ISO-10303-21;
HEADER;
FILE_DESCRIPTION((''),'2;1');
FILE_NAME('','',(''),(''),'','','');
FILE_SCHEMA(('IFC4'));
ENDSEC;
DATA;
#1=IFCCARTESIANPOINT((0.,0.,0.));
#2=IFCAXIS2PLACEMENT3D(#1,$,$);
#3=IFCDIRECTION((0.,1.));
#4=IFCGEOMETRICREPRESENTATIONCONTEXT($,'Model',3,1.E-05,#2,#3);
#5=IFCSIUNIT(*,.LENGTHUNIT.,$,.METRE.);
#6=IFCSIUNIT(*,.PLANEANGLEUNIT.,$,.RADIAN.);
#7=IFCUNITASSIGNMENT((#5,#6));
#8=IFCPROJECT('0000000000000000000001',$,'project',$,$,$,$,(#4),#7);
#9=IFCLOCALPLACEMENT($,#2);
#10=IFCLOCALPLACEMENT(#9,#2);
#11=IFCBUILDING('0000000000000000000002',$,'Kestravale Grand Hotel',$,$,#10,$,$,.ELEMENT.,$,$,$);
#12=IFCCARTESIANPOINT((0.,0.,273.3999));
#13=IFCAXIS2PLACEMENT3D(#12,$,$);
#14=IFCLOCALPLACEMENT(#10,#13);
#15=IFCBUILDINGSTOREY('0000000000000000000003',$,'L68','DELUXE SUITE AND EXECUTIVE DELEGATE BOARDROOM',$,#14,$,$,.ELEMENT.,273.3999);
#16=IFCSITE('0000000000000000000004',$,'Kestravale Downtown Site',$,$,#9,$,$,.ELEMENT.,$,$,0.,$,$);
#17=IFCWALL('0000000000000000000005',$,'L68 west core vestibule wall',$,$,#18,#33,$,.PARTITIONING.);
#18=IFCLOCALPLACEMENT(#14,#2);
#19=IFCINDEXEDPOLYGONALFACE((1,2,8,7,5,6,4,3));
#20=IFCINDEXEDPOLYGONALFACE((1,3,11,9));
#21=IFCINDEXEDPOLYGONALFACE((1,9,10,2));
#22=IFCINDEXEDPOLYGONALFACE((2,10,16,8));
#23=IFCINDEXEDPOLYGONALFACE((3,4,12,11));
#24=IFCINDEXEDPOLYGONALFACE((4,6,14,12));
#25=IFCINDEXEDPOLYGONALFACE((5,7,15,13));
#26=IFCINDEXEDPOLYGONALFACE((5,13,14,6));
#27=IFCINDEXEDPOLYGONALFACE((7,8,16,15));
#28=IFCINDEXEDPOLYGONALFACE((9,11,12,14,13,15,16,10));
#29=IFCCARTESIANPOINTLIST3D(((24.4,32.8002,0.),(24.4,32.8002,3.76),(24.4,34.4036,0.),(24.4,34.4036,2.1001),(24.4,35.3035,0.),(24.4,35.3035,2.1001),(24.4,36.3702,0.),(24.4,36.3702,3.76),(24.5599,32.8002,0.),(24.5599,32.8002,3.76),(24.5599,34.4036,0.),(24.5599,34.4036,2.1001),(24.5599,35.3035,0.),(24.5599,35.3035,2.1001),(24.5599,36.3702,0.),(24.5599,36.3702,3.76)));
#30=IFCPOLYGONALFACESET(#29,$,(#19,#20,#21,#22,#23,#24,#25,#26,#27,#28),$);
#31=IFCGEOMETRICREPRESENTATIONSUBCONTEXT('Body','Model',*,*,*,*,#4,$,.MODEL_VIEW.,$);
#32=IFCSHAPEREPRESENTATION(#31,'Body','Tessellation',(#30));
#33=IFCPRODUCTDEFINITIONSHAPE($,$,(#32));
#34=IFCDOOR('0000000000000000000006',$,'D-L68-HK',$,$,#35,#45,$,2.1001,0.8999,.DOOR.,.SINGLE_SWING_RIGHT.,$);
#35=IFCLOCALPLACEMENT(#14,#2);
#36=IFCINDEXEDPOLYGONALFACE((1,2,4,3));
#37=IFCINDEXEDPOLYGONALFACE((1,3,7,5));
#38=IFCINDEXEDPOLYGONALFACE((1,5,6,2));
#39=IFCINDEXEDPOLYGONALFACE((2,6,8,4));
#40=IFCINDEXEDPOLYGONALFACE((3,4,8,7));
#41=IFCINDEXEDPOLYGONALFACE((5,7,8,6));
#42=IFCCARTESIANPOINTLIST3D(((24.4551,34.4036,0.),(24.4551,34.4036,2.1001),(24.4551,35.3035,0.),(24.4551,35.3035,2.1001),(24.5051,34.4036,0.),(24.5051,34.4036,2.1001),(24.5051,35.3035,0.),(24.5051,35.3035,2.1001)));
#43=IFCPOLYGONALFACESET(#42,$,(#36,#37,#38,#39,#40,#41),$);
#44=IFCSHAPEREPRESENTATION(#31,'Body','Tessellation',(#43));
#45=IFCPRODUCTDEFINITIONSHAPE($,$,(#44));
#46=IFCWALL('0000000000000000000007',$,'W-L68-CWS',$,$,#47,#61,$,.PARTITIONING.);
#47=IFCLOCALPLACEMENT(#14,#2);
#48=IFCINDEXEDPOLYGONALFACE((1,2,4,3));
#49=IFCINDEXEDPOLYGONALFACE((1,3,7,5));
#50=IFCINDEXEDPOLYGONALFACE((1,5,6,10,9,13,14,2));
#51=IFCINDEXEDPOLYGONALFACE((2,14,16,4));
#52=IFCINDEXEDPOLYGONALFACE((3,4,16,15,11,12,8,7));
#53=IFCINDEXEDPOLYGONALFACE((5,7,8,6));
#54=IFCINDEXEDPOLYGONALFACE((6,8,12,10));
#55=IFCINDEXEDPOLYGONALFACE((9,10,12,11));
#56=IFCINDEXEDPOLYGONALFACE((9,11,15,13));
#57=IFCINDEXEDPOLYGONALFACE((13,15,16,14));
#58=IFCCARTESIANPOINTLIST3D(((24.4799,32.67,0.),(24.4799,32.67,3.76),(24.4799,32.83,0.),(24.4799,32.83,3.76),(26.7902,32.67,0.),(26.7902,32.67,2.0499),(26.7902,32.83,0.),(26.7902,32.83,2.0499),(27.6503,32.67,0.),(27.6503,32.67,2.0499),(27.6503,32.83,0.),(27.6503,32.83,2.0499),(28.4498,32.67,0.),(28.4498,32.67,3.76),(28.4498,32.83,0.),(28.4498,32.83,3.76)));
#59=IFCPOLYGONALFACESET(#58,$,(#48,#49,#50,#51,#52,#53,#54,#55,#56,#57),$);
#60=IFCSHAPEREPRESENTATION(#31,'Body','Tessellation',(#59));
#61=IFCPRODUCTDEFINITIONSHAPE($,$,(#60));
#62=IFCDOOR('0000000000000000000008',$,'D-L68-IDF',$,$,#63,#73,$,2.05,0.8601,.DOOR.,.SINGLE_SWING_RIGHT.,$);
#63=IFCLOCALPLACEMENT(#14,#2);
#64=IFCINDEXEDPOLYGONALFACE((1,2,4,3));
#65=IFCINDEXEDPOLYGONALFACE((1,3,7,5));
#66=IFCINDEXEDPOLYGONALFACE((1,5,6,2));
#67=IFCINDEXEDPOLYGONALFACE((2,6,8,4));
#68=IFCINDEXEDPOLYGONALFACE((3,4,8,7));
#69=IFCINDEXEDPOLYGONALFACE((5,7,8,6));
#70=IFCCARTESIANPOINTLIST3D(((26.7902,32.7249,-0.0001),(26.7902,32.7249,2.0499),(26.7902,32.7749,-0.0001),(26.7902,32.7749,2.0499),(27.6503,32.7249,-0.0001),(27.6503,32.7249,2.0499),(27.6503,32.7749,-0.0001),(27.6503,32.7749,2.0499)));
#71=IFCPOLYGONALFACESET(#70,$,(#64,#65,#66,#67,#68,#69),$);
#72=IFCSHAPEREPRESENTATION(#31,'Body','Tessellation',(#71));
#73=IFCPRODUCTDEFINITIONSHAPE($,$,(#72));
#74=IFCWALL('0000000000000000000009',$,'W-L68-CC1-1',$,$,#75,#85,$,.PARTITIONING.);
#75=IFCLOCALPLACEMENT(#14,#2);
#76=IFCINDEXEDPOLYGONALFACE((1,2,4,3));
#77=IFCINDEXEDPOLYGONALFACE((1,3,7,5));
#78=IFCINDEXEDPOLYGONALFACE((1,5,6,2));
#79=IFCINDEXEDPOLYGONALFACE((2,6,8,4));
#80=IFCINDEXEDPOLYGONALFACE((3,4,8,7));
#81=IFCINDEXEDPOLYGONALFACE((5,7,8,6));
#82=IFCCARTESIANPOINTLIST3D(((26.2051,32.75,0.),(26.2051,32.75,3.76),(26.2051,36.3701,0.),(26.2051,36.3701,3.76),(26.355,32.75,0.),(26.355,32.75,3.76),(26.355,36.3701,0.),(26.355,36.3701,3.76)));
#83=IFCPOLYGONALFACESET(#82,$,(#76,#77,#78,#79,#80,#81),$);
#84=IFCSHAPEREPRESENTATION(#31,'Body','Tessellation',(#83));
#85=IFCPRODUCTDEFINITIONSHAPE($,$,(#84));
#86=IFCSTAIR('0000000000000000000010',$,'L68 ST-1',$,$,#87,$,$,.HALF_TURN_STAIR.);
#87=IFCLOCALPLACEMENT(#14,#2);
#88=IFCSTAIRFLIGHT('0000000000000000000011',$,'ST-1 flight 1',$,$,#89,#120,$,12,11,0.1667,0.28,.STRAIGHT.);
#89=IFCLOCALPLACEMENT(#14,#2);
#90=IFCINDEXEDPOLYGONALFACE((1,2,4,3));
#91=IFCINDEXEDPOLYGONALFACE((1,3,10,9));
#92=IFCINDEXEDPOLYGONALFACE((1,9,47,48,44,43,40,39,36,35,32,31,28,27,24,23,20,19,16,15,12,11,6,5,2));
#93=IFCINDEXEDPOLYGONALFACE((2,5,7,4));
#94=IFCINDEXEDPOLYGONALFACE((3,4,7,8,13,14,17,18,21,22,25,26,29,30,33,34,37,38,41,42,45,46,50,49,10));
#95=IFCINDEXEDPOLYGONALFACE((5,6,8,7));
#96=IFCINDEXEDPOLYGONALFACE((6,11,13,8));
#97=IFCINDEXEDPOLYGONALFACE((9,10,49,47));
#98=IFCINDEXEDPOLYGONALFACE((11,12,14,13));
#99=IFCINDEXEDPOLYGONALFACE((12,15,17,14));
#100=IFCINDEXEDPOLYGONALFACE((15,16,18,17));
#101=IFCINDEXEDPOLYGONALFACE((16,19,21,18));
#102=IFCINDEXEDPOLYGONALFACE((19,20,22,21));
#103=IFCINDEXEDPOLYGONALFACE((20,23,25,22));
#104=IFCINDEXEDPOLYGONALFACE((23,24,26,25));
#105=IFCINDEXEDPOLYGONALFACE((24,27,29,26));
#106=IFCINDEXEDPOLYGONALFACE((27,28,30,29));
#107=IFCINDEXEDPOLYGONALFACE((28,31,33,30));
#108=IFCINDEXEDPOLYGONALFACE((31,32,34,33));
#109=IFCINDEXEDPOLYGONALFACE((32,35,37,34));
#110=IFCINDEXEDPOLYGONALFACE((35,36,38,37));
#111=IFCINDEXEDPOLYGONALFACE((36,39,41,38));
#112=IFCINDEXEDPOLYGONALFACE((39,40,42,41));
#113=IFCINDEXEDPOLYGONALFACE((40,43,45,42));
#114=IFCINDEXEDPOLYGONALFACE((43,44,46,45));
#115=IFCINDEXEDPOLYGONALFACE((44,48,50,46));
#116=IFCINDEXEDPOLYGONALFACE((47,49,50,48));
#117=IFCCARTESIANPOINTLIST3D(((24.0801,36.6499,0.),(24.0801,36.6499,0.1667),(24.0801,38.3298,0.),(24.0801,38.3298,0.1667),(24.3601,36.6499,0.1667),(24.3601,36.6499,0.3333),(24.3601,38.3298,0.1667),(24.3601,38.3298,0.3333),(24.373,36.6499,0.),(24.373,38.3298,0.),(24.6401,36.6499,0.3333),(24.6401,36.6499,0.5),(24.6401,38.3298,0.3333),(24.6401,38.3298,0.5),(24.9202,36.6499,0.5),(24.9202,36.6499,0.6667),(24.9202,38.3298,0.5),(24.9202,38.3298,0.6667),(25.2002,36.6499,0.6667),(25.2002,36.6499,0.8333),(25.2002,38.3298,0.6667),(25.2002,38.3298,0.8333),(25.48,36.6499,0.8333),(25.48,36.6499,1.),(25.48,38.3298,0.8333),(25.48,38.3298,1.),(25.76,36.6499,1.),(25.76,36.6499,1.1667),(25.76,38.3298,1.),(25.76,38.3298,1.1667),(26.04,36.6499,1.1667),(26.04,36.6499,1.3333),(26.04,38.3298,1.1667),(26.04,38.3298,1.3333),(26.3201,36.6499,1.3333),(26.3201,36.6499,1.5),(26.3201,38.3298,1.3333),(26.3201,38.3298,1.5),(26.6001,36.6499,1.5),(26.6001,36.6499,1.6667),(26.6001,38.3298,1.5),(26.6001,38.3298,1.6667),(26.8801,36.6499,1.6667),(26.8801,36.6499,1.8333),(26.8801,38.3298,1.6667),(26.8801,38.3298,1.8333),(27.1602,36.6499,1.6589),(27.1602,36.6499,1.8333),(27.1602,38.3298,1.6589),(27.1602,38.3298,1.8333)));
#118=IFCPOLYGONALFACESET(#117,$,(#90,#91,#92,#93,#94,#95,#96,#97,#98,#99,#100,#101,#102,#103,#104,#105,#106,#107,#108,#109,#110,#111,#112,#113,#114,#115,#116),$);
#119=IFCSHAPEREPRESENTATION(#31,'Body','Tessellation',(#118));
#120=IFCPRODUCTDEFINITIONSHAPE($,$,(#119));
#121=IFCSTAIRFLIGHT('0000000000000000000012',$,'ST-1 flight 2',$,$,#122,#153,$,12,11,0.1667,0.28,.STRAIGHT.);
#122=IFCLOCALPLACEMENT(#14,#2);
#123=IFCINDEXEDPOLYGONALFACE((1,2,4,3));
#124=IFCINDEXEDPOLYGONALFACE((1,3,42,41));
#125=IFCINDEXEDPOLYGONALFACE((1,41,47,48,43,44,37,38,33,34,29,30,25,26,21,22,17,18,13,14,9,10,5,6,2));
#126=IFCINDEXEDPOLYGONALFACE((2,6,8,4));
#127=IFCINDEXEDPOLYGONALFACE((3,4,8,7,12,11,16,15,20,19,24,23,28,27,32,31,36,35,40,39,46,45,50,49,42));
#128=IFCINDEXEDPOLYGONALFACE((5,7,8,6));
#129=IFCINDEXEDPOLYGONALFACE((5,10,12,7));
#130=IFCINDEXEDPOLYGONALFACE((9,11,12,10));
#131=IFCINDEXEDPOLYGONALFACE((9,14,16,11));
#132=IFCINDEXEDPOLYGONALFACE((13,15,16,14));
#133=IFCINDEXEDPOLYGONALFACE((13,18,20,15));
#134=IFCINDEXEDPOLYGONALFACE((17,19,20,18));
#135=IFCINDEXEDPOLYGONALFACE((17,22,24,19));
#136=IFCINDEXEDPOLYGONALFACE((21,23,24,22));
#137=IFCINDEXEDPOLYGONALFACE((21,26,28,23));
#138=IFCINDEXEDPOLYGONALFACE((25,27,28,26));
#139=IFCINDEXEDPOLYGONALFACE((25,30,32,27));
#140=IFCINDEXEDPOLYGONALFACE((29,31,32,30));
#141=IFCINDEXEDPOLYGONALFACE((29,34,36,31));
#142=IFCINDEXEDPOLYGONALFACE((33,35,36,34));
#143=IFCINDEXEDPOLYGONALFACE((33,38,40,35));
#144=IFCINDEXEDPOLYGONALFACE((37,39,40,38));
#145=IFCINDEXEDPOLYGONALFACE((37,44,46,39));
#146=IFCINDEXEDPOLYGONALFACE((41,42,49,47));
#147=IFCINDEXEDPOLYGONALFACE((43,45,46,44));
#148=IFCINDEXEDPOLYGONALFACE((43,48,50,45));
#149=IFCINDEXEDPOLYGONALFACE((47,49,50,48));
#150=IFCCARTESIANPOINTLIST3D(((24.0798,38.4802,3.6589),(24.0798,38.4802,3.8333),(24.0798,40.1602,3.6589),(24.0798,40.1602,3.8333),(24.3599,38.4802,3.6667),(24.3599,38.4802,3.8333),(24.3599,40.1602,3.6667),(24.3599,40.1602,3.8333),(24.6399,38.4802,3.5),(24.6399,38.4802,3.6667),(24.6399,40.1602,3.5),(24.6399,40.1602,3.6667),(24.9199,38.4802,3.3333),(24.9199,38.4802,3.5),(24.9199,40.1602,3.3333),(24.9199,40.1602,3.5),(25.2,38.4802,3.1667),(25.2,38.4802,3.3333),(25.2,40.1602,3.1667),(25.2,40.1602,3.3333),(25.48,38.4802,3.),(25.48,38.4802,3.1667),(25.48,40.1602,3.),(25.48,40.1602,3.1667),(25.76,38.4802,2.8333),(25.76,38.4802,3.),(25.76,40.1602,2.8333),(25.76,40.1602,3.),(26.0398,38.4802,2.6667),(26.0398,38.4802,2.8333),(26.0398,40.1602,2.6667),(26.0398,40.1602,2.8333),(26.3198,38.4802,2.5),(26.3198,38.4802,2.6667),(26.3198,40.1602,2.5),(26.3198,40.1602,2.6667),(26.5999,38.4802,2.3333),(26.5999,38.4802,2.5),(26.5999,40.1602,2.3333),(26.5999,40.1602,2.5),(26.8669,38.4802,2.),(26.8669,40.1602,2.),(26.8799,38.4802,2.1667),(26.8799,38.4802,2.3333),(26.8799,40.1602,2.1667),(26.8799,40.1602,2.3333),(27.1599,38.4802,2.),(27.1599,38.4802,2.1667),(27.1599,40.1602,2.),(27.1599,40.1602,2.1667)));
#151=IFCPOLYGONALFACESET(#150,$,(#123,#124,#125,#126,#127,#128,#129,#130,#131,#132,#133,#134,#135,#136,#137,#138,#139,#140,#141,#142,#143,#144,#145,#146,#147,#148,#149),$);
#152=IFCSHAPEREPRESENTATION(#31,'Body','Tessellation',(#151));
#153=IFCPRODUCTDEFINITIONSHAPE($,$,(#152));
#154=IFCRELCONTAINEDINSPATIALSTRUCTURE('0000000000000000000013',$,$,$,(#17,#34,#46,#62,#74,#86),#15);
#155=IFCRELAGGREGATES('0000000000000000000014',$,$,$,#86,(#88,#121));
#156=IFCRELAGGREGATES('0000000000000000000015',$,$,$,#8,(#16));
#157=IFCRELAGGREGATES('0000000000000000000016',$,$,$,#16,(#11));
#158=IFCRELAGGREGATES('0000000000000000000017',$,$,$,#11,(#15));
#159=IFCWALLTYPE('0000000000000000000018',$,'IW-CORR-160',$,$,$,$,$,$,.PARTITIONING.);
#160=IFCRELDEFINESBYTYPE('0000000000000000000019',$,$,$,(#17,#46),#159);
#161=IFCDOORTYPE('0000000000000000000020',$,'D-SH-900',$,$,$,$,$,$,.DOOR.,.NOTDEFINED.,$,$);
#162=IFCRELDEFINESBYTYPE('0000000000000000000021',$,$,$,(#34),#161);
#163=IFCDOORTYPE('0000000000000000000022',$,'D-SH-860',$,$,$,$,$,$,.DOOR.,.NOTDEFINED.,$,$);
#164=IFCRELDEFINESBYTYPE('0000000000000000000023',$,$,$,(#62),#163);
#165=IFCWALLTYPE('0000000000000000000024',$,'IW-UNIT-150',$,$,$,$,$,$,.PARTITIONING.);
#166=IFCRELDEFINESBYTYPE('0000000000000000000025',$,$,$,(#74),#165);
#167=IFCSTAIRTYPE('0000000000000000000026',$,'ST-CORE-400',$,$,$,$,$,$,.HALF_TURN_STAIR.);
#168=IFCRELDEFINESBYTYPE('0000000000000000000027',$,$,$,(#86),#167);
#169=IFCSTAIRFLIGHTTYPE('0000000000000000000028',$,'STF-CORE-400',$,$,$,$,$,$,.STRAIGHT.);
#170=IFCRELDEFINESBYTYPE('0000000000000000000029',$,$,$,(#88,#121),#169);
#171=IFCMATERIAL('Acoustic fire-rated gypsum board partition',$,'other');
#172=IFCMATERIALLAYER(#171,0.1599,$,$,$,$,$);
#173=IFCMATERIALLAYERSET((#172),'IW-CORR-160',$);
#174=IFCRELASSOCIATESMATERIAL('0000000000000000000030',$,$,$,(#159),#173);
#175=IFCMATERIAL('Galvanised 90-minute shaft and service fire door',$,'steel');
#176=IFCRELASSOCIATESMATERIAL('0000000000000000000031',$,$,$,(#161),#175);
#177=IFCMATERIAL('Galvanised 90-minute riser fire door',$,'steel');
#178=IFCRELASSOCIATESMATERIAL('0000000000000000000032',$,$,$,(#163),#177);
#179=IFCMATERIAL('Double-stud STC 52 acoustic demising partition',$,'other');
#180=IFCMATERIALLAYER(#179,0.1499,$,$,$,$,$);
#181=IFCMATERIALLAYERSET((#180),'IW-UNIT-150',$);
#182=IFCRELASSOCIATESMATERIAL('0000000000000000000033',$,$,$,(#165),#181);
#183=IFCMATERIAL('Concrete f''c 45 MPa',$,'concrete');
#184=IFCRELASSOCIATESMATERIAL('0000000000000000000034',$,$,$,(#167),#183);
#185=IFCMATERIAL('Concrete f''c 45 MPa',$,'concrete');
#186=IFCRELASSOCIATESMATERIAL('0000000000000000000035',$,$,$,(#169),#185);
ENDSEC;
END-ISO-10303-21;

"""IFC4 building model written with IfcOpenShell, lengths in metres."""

from ifc_helpers import new_model, si_unit, direction, frame, frame_2d, origin, place, context, subcontext, project, spatial, polyline, rectangle, outline, extrude, material, layer, layer_set, type_object, element, fill, aggregate, save


model = new_model("IFC4")

# Units and contexts
model_context = context("Model", 3, precision=1e-05, world=origin(), true_north=direction((0.0, 1.0)))
body_context = subcontext(model_context, "Body", "Model", "MODEL_VIEW")
ifc_project = project(units=[si_unit("LENGTHUNIT", "METRE"), si_unit("PLANEANGLEUNIT", "RADIAN")], contexts=[model_context])

# Site, building, storey
site_placement = place(None, origin())
site = spatial("IfcSite", under=ifc_project, at=site_placement, Name="Kestravale Downtown Site", CompositionType="ELEMENT", RefElevation=0.0)
building_placement = place(site_placement, origin())
building = spatial("IfcBuilding", under=site, at=building_placement, Name="Kestravale Grand Hotel", CompositionType="ELEMENT")
storey_placement = place(building_placement, frame((0.0, 0.0, 273.3999)))
storey = spatial("IfcBuildingStorey", under=building, at=storey_placement, Name="L68", Description="DELUXE SUITE AND EXECUTIVE DELEGATE BOARDROOM", CompositionType="ELEMENT", Elevation=273.3999)

# Walls, openings, doors
ifc_material_1 = material(Name="Acoustic fire-rated gypsum board partition", Category="other")
ifc_layer_1 = layer(ifc_material_1, 0.1599)
ifc_layer_set_1 = layer_set([ifc_layer_1], Name="IW-CORR-160")
wall_type_1 = type_object("IfcWallType", Name="IW-CORR-160", PredefinedType="PARTITIONING", material=ifc_layer_set_1)
wall_1_placement = place(storey_placement, frame((24.48, 32.8, 0.0), z_axis=(0.0, 0.0, 1.0), x_axis=(0.0, 1.0, 0.0)))
wall_1 = element("IfcWall", 1, at=wall_1_placement, inside=storey, type_object=wall_type_1, Name="L68 west core vestibule wall", PredefinedType="PARTITIONING", context=body_context, shape_type="SweptSolid", body=[
    extrude(rectangle(XDim=3.5701, YDim=0.1599, at=frame_2d((1.7852, 0.0))), origin(), (0.0, 0.0, 1.0), 3.76),
])
opening_1_placement = place(wall_1_placement, frame((1.6035, 0.0, 0.0)))
opening_1 = element("IfcOpeningElement", 2, at=opening_1_placement, cuts=wall_1, PredefinedType="OPENING", context=body_context, shape_type="SweptSolid", body=[
    extrude(rectangle(XDim=0.8999, YDim=2.1001, at=frame_2d((0.45, 1.05))), frame((0.0, 0.0898, 0.0), z_axis=(0.0, -1.0, 0.0), x_axis=(1.0, 0.0, 0.0)), (0.0, 0.0, 1.0), 0.1799),
])
ifc_material_2 = material(Name="Galvanised 90-minute shaft and service fire door", Category="steel")
door_type_1 = type_object("IfcDoorType", Name="D-SH-900", OperationType="NOTDEFINED", PredefinedType="DOOR", material=ifc_material_2)
door_1_placement = place(opening_1_placement, origin())
door_1 = element("IfcDoor", 3, at=door_1_placement, inside=storey, type_object=door_type_1, Name="D-L68-HK", OperationType="SINGLE_SWING_RIGHT", OverallHeight=2.1001, OverallWidth=0.8999, PredefinedType="DOOR", context=body_context, shape_type="SweptSolid", body=[
    extrude(rectangle(XDim=0.8999, YDim=2.1001, at=frame_2d((0.45, 1.05))), frame((0.0, 0.0249, 0.0), z_axis=(0.0, -1.0, 0.0), x_axis=(1.0, 0.0, 0.0)), (0.0, 0.0, 1.0), 0.05),
])
fill(opening_1, door_1)
wall_2_placement = place(storey_placement, frame((24.48, 32.75, 0.0), z_axis=(0.0, 0.0, 1.0), x_axis=(1.0, 0.0, 0.0)))
wall_2 = element("IfcWall", 4, at=wall_2_placement, inside=storey, type_object=wall_type_1, Name="W-L68-CWS", PredefinedType="PARTITIONING", context=body_context, shape_type="SweptSolid", body=[
    extrude(rectangle(XDim=3.97, YDim=0.1599, at=frame_2d((1.9849, 0.0))), origin(), (0.0, 0.0, 1.0), 3.76),
])
opening_2_placement = place(wall_2_placement, frame((2.3101, 0.0, 0.0)))
opening_2 = element("IfcOpeningElement", 5, at=opening_2_placement, cuts=wall_2, PredefinedType="OPENING", context=body_context, shape_type="SweptSolid", body=[
    extrude(rectangle(XDim=0.8601, YDim=2.05, at=frame_2d((0.4302, 1.0249))), frame((0.0, 0.0898, 0.0), z_axis=(0.0, -1.0, 0.0), x_axis=(1.0, 0.0, 0.0)), (0.0, 0.0, 1.0), 0.1799),
])
ifc_material_3 = material(Name="Galvanised 90-minute riser fire door", Category="steel")
door_type_2 = type_object("IfcDoorType", Name="D-SH-860", OperationType="NOTDEFINED", PredefinedType="DOOR", material=ifc_material_3)
door_2_placement = place(opening_2_placement, origin())
door_2 = element("IfcDoor", 6, at=door_2_placement, inside=storey, type_object=door_type_2, Name="D-L68-IDF", OperationType="SINGLE_SWING_RIGHT", OverallHeight=2.05, OverallWidth=0.8601, PredefinedType="DOOR", context=body_context, shape_type="SweptSolid", body=[
    extrude(rectangle(XDim=0.8601, YDim=2.05, at=frame_2d((0.4302, 1.0249))), frame((0.0, 0.0249, 0.0), z_axis=(0.0, -1.0, 0.0), x_axis=(1.0, 0.0, 0.0)), (0.0, 0.0, 1.0), 0.05),
])
fill(opening_2, door_2)

# Wall
ifc_material_4 = material(Name="Double-stud STC 52 acoustic demising partition", Category="other")
ifc_layer_2 = layer(ifc_material_4, 0.1499)
ifc_layer_set_2 = layer_set([ifc_layer_2], Name="IW-UNIT-150")
wall_type_2 = type_object("IfcWallType", Name="IW-UNIT-150", PredefinedType="PARTITIONING", material=ifc_layer_set_2)
wall_3_placement = place(storey_placement, frame((26.28, 32.75, 0.0), z_axis=(0.0, 0.0, 1.0), x_axis=(0.0, 1.0, 0.0)))
element("IfcWall", 7, at=wall_3_placement, inside=storey, type_object=wall_type_2, Name="W-L68-CC1-1", PredefinedType="PARTITIONING", context=body_context, shape_type="SweptSolid", body=[
    extrude(rectangle(XDim=3.6201, YDim=0.1499, at=frame_2d((1.8101, 0.0))), origin(), (0.0, 0.0, 1.0), 3.76),
])

# Stair, stair flights
ifc_material_5 = material(Name="Concrete f'c 45 MPa", Category="concrete")
stair_type = type_object("IfcStairType", Name="ST-CORE-400", PredefinedType="HALF_TURN_STAIR", material=ifc_material_5)
stair_placement = place(storey_placement, origin())
stair = element("IfcStair", 8, at=stair_placement, inside=storey, type_object=stair_type, Name="L68 ST-1", PredefinedType="HALF_TURN_STAIR")
ifc_material_6 = material(Name="Concrete f'c 45 MPa", Category="concrete")
stair_flight_type = type_object("IfcStairFlightType", Name="STF-CORE-400", PredefinedType="STRAIGHT", material=ifc_material_6)
stair_flight_1_placement = place(storey_placement, frame((24.0801, 37.49, 0.0), z_axis=(0.0, 0.0, 1.0), x_axis=(1.0, 0.0, 0.0)))
stair_flight_1 = element("IfcStairFlight", 9, at=stair_flight_1_placement, type_object=stair_flight_type, Name="ST-1 flight 1", NumberOfRisers=12, NumberOfTreads=11, PredefinedType="STRAIGHT", RiserHeight=0.1667, TreadLength=0.28, context=body_context, shape_type="SweptSolid", body=[
    extrude(outline(polyline([(0.0, 0.0), (0.0, 0.1667), (0.28, 0.1667), (0.28, 0.3333), (0.5601, 0.3333), (0.5601, 0.5), (0.8401, 0.5), (0.8401, 0.6667), (1.1201, 0.6667), (1.1201, 0.8333), (1.3999, 0.8333), (1.3999, 1.0), (1.6799, 1.0), (1.6799, 1.1667), (1.96, 1.1667), (1.96, 1.3333), (2.24, 1.3333), (2.24, 1.5), (2.52, 1.5), (2.52, 1.6667), (2.8, 1.6667), (2.8, 1.8333), (3.0801, 1.8333), (3.0801, 2.0), (3.0801, 1.6589), (0.293, 0.0), (0.0, 0.0)])), frame((0.0, 0.8398, 0.0), z_axis=(0.0, -1.0, 0.0), x_axis=(1.0, 0.0, 0.0)), (0.0, 0.0, 1.0), 1.6799),
])
stair_flight_2_placement = place(storey_placement, frame((27.1599, 39.3201, 2.0), z_axis=(0.0, 0.0, 1.0), x_axis=(-1.0, 0.0, 0.0)))
stair_flight_2 = element("IfcStairFlight", 10, at=stair_flight_2_placement, type_object=stair_flight_type, Name="ST-1 flight 2", NumberOfRisers=12, NumberOfTreads=11, PredefinedType="STRAIGHT", RiserHeight=0.1667, TreadLength=0.28, context=body_context, shape_type="SweptSolid", body=[
    extrude(outline(polyline([(0.0, 0.0), (0.0, 0.1667), (0.28, 0.1667), (0.28, 0.3333), (0.5601, 0.3333), (0.5601, 0.5), (0.8401, 0.5), (0.8401, 0.6667), (1.1201, 0.6667), (1.1201, 0.8333), (1.3999, 0.8333), (1.3999, 1.0), (1.6799, 1.0), (1.6799, 1.1667), (1.96, 1.1667), (1.96, 1.3333), (2.24, 1.3333), (2.24, 1.5), (2.52, 1.5), (2.52, 1.6667), (2.8, 1.6667), (2.8, 1.8333), (3.0801, 1.8333), (3.0801, 2.0), (3.0801, 1.6589), (0.293, 0.0), (0.0, 0.0)])), frame((0.0, 0.8398, 0.0), z_axis=(0.0, -1.0, 0.0), x_axis=(1.0, 0.0, 0.0)), (0.0, 0.0, 1.0), 1.6799),
])
aggregate(stair, [stair_flight_1, stair_flight_2])

save(model, "model.ifc")
